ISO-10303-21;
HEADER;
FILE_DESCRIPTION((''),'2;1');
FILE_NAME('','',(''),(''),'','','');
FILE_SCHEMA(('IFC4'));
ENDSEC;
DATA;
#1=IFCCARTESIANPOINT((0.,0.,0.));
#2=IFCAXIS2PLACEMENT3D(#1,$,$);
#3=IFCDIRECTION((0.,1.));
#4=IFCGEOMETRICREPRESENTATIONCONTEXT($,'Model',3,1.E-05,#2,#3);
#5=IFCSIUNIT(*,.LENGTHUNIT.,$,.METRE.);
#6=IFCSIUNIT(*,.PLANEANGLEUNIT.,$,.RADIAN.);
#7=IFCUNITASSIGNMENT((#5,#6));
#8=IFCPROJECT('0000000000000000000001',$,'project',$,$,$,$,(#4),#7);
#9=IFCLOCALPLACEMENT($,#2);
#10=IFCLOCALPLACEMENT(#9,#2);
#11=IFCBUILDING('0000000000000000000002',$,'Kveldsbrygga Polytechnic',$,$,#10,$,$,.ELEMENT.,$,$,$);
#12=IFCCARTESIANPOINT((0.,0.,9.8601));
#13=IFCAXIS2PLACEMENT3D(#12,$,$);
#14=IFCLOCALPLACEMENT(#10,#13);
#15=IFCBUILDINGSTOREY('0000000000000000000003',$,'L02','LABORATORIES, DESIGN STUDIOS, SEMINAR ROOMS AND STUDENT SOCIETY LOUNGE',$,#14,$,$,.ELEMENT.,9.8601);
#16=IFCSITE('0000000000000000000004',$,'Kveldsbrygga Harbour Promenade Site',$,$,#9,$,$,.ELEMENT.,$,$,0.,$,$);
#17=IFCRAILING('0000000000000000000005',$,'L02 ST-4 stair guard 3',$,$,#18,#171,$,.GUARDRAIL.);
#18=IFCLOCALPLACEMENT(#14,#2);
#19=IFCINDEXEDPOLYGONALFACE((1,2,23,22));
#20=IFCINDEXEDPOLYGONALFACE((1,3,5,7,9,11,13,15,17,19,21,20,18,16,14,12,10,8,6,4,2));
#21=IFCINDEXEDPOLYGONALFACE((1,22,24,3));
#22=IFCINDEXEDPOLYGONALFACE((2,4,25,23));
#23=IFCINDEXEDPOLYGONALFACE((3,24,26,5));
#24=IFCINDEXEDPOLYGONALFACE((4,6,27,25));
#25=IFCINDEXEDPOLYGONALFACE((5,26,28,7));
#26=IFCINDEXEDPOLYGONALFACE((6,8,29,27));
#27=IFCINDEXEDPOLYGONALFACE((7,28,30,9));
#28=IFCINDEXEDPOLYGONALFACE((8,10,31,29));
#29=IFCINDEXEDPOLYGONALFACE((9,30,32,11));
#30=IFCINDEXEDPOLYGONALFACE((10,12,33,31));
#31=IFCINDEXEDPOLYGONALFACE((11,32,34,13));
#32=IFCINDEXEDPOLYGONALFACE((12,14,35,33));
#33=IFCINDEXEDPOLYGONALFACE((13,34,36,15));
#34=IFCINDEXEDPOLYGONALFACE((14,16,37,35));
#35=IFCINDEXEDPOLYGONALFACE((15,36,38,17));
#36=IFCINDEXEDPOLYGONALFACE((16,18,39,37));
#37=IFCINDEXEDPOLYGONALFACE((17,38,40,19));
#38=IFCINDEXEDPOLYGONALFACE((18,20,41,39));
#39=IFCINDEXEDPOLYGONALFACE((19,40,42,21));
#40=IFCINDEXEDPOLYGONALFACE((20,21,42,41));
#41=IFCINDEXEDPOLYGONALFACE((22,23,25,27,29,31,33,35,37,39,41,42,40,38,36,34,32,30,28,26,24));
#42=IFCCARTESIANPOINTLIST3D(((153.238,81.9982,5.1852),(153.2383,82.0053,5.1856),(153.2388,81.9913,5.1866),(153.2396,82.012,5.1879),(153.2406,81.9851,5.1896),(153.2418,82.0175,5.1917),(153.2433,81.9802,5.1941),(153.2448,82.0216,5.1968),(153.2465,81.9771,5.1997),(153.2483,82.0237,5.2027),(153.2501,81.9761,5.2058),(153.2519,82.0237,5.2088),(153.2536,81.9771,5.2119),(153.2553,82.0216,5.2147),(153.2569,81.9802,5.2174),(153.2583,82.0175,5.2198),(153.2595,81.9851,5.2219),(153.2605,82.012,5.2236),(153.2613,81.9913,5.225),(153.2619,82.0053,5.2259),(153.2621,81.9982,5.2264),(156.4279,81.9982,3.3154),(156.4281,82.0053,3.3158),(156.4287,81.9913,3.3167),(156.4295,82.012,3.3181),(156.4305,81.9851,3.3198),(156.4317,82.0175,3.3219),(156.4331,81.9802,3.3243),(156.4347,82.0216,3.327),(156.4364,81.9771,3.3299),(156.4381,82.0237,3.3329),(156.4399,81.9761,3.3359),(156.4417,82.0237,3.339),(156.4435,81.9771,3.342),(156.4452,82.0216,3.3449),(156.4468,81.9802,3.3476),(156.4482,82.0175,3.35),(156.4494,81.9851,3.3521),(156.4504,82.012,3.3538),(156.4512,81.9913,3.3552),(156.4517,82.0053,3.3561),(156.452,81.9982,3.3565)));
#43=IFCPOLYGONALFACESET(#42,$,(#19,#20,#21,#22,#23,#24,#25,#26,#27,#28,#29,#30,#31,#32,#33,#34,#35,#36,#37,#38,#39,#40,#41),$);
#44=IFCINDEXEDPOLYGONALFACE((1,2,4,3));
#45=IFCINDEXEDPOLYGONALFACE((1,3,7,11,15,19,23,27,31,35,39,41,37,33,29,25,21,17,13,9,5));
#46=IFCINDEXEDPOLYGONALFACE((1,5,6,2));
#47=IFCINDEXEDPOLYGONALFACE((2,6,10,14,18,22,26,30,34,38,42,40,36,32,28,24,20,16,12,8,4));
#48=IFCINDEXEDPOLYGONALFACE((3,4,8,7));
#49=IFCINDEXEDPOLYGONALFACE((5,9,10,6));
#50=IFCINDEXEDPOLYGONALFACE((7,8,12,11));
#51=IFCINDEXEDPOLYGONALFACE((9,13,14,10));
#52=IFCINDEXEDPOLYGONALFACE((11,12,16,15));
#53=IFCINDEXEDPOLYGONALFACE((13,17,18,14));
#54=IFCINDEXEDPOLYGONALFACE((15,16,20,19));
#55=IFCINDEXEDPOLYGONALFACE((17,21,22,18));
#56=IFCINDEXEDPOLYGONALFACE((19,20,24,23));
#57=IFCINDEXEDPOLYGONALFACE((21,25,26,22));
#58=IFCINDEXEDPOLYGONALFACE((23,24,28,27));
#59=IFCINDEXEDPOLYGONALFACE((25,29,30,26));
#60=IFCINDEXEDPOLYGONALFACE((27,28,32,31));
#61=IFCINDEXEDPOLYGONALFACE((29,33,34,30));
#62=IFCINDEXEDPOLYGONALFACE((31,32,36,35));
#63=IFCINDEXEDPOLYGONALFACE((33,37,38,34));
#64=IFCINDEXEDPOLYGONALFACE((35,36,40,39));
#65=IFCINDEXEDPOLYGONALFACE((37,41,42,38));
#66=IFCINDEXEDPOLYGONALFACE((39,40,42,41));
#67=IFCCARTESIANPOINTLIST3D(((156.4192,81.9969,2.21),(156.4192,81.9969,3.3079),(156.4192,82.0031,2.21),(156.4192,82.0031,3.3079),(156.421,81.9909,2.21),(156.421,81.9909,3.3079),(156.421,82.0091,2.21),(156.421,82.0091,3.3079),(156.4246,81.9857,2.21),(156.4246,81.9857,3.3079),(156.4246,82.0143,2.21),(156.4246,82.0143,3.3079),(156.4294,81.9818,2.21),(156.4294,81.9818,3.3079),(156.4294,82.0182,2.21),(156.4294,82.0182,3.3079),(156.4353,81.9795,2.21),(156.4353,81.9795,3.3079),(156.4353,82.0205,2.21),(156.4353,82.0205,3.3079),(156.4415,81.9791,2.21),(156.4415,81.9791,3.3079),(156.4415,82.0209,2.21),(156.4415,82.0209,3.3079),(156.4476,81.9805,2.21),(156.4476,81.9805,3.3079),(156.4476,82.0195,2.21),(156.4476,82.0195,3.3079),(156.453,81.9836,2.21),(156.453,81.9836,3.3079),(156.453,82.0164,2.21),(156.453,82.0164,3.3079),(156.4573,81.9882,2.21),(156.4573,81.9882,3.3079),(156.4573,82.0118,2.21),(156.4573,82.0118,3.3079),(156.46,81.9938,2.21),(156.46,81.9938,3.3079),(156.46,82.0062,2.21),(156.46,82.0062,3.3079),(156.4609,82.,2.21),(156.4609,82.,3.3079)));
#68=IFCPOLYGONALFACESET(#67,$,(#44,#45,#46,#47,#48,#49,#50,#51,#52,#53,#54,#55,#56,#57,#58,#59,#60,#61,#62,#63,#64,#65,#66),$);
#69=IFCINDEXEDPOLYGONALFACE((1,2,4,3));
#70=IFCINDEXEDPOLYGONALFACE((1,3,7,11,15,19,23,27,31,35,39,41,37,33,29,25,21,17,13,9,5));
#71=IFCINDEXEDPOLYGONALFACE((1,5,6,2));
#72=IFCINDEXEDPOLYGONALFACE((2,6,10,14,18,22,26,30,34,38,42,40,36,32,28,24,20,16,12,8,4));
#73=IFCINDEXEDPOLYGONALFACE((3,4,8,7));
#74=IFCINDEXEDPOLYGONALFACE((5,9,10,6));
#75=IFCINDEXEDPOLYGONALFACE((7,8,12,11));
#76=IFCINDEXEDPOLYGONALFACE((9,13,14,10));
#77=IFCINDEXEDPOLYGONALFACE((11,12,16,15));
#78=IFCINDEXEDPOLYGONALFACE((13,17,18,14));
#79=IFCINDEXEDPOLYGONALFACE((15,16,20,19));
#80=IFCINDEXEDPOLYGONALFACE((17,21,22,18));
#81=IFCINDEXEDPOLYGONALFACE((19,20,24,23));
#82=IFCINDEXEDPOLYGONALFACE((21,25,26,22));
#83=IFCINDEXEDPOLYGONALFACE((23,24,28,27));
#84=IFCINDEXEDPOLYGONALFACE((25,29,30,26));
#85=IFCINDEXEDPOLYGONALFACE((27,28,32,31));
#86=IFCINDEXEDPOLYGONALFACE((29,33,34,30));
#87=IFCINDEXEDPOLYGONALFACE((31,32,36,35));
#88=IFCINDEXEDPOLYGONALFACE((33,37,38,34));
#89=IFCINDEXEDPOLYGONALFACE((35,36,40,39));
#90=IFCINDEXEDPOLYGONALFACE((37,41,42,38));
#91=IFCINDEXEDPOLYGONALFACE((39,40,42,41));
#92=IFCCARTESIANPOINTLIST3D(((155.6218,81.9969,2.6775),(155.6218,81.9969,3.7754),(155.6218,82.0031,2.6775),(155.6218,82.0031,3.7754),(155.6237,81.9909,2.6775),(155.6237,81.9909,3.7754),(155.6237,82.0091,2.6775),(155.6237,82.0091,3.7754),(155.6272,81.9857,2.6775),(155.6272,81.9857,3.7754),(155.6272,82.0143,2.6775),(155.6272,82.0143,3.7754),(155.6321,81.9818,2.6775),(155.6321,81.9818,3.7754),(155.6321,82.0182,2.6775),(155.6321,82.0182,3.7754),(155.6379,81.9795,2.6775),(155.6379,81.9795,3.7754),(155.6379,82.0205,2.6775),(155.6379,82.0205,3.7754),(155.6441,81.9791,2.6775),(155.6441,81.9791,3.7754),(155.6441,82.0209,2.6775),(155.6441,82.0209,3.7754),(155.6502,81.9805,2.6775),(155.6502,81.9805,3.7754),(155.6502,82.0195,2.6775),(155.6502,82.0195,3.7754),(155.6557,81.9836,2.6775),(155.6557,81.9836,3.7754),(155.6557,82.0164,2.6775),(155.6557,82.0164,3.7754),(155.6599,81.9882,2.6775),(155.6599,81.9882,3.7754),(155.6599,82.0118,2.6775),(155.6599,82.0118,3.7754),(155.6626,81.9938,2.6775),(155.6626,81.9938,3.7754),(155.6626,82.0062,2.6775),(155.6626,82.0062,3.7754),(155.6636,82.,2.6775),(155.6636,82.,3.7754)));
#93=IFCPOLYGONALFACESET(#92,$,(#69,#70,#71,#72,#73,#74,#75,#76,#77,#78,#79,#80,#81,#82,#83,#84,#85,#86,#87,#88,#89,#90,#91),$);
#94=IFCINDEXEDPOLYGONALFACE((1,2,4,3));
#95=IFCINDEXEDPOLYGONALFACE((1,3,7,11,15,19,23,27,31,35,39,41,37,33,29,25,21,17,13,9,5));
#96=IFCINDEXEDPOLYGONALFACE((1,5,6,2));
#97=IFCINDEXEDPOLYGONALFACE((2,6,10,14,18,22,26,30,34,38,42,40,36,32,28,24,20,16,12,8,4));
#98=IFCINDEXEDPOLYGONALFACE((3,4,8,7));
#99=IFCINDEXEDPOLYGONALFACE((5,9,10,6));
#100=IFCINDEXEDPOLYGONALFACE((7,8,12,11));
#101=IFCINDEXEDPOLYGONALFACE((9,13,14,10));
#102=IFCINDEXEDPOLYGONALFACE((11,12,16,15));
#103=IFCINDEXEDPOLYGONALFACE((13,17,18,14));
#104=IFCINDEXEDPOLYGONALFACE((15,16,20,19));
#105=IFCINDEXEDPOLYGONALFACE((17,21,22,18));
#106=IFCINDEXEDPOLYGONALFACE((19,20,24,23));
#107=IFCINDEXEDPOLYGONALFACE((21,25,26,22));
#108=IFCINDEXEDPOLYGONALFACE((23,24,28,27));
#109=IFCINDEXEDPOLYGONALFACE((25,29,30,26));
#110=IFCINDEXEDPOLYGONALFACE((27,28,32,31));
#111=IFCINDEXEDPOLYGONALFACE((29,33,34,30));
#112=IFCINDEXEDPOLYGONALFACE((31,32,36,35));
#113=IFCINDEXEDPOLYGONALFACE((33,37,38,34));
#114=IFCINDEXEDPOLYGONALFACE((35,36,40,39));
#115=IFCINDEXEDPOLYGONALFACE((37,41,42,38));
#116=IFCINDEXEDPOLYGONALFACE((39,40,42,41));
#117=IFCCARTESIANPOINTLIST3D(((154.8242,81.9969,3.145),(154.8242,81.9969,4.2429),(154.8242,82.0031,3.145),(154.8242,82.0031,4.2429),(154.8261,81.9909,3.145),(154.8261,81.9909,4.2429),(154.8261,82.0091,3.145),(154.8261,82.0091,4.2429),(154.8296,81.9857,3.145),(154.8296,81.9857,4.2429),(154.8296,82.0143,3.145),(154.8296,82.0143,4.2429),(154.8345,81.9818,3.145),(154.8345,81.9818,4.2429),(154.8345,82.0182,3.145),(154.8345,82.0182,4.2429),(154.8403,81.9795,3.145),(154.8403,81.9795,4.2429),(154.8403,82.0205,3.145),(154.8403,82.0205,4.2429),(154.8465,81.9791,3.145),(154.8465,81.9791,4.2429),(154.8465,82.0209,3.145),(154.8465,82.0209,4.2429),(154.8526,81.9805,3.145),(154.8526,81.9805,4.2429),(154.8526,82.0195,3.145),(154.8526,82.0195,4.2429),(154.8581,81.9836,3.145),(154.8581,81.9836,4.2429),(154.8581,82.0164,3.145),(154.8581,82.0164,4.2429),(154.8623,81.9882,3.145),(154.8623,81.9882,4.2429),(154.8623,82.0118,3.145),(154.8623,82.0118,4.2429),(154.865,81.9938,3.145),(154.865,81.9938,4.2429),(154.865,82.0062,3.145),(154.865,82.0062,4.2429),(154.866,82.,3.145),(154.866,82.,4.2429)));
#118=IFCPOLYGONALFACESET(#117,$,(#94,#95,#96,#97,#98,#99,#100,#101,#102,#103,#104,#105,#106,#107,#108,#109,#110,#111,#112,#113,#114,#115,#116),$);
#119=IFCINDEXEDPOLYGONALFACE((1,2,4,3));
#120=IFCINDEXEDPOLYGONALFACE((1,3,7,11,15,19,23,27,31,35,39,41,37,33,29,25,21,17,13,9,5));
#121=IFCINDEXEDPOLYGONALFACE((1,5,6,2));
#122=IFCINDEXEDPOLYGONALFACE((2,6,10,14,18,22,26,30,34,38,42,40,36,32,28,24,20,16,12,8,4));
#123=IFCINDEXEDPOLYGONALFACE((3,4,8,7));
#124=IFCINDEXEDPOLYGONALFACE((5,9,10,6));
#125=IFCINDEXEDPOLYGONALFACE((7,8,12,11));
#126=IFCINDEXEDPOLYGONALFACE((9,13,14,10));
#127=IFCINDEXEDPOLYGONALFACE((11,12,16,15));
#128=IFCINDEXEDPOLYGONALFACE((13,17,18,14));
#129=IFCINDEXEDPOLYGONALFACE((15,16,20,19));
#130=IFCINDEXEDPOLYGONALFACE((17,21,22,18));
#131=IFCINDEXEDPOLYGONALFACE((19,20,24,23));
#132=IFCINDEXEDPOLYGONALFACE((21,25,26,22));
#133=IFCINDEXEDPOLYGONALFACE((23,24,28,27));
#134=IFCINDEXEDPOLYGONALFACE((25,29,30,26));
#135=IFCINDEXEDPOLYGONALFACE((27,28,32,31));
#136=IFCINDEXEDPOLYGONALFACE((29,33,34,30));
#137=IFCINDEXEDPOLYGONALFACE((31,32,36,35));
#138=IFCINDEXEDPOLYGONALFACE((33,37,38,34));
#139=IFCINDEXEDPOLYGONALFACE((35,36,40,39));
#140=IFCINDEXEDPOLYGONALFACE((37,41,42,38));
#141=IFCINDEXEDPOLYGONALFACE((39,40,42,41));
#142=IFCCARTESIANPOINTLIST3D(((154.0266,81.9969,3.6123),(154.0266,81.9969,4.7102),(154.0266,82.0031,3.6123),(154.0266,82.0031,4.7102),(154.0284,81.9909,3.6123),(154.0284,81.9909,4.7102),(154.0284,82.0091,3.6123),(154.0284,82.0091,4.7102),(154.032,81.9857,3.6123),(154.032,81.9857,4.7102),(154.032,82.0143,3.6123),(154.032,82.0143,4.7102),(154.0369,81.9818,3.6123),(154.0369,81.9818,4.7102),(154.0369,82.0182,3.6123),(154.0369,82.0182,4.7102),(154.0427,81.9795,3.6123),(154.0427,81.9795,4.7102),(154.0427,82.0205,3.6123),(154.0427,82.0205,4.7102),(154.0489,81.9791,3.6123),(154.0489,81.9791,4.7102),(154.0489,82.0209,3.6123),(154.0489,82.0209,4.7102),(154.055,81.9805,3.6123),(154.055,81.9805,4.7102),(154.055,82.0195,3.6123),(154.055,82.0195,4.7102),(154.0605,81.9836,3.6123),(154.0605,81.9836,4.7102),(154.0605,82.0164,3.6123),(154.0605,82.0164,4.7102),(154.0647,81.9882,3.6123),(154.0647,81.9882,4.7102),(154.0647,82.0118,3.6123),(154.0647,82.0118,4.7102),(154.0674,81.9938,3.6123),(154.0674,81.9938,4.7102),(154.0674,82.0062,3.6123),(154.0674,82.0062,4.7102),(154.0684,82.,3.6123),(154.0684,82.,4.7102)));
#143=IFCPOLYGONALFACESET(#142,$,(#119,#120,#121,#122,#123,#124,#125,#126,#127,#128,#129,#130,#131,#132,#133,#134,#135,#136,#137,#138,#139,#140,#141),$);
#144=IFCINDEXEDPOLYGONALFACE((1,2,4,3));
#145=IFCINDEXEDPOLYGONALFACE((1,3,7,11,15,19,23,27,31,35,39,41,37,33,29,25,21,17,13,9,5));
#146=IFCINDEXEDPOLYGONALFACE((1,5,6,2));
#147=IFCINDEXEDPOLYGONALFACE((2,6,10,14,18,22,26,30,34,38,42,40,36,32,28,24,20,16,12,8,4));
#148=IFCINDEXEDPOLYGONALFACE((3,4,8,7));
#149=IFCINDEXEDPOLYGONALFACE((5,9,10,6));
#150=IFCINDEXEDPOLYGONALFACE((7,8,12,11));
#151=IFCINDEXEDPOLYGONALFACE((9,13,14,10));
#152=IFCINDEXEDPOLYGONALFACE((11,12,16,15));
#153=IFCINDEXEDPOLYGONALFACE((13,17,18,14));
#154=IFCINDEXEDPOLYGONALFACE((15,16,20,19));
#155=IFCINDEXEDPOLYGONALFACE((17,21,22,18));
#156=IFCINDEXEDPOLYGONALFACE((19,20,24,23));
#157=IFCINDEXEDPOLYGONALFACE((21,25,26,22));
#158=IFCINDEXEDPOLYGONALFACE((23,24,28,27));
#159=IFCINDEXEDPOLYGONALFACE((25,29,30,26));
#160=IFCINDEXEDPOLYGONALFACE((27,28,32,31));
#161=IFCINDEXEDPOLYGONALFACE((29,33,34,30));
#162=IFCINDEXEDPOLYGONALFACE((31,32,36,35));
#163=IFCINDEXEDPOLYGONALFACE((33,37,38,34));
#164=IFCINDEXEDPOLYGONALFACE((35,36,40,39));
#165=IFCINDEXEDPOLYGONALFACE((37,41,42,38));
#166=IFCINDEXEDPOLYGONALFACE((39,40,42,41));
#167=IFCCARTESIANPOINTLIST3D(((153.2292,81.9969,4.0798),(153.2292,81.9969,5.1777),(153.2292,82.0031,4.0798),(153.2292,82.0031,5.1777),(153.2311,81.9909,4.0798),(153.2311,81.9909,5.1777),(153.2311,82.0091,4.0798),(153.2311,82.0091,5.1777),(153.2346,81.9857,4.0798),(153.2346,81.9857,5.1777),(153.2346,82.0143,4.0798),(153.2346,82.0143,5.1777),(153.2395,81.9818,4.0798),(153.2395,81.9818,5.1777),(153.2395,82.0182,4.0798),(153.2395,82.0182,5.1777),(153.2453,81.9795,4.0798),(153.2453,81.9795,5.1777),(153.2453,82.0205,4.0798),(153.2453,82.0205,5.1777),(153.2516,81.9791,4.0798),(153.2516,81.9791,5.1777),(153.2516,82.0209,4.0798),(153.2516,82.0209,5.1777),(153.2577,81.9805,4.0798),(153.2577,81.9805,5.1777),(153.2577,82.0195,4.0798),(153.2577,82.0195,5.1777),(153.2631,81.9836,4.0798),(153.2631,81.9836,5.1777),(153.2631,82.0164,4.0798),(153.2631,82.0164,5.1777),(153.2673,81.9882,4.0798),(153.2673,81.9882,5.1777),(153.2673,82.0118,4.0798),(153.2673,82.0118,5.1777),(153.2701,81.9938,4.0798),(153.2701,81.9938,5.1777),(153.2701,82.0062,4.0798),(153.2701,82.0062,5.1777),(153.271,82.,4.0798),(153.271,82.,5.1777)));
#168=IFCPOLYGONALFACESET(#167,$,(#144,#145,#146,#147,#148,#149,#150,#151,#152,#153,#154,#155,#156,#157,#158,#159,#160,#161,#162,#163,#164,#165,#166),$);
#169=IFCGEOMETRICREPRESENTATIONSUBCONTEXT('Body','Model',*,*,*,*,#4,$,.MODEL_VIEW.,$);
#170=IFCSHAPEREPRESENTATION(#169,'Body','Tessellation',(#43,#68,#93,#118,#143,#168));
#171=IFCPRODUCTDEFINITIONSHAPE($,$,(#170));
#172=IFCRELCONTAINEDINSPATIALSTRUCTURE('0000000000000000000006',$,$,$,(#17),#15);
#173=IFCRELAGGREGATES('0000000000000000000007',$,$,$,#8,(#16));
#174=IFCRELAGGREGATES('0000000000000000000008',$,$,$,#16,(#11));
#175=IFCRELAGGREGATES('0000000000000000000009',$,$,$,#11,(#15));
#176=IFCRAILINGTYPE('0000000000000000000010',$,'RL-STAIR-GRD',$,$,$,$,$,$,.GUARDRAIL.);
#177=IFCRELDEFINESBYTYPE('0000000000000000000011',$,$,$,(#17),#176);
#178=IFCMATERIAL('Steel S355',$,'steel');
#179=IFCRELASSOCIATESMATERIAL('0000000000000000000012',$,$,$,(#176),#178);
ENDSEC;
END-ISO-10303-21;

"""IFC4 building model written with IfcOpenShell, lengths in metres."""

from ifc_helpers import new_model, si_unit, direction, frame, origin, origin_2d, place, context, subcontext, project, spatial, circle, extrude, material, type_object, element, save


model = new_model("IFC4")

# Units and contexts
model_context = context("Model", 3, precision=1e-05, world=origin(), true_north=direction((0.0, 1.0)))
body_context = subcontext(model_context, "Body", "Model", "MODEL_VIEW")
ifc_project = project(units=[si_unit("LENGTHUNIT", "METRE"), si_unit("PLANEANGLEUNIT", "RADIAN")], contexts=[model_context])

# Site, building, storey
site_placement = place(None, origin())
site = spatial("IfcSite", under=ifc_project, at=site_placement, Name="Kveldsbrygga Harbour Promenade Site", CompositionType="ELEMENT", RefElevation=0.0)
building_placement = place(site_placement, origin())
building = spatial("IfcBuilding", under=site, at=building_placement, Name="Kveldsbrygga Polytechnic", CompositionType="ELEMENT")
storey_placement = place(building_placement, frame((0.0, 0.0, 9.8601)))
storey = spatial("IfcBuildingStorey", under=building, at=storey_placement, Name="L02", Description="LABORATORIES, DESIGN STUDIOS, SEMINAR ROOMS AND STUDENT SOCIETY LOUNGE", CompositionType="ELEMENT", Elevation=9.8601)

# Shared definitions
ifc_material_1 = material(Name="Steel S355", Category="steel")

# Railing
railing_type_1 = type_object("IfcRailingType", Name="RL-STAIR-GRD", PredefinedType="GUARDRAIL", material=ifc_material_1)
railing_1_placement = place(storey_placement, frame((156.4399, 82.0, 2.21)))
element("IfcRailing", 1, at=railing_1_placement, inside=storey, type_object=railing_type_1, Name="L02 ST-4 stair guard 3", PredefinedType="GUARDRAIL", context=body_context, shape_type="SweptSolid", body=[
    extrude(circle(Radius=0.0239, at=origin_2d()), frame((0.0, 0.0, 1.126), z_axis=(-0.862709, 0.0, 0.505701), x_axis=(0.0, -1.0, 0.0)), (0.0, 0.0, 1.0), 3.6975),
    extrude(circle(Radius=0.021, at=origin_2d()), origin(), (0.0, 0.0, 1.0), 1.0979),
    extrude(circle(Radius=0.021, at=origin_2d()), frame((-0.7974, 0.0, 0.4675)), (0.0, 0.0, 1.0), 1.0979),
    extrude(circle(Radius=0.021, at=origin_2d()), frame((-1.595, 0.0, 0.9351)), (0.0, 0.0, 1.0), 1.0979),
    extrude(circle(Radius=0.021, at=origin_2d()), frame((-2.3926, 0.0, 1.4023)), (0.0, 0.0, 1.0), 1.0979),
    extrude(circle(Radius=0.021, at=origin_2d()), frame((-3.1899, 0.0, 1.8699)), (0.0, 0.0, 1.0), 1.0979),
])

save(model, "model.ifc")
